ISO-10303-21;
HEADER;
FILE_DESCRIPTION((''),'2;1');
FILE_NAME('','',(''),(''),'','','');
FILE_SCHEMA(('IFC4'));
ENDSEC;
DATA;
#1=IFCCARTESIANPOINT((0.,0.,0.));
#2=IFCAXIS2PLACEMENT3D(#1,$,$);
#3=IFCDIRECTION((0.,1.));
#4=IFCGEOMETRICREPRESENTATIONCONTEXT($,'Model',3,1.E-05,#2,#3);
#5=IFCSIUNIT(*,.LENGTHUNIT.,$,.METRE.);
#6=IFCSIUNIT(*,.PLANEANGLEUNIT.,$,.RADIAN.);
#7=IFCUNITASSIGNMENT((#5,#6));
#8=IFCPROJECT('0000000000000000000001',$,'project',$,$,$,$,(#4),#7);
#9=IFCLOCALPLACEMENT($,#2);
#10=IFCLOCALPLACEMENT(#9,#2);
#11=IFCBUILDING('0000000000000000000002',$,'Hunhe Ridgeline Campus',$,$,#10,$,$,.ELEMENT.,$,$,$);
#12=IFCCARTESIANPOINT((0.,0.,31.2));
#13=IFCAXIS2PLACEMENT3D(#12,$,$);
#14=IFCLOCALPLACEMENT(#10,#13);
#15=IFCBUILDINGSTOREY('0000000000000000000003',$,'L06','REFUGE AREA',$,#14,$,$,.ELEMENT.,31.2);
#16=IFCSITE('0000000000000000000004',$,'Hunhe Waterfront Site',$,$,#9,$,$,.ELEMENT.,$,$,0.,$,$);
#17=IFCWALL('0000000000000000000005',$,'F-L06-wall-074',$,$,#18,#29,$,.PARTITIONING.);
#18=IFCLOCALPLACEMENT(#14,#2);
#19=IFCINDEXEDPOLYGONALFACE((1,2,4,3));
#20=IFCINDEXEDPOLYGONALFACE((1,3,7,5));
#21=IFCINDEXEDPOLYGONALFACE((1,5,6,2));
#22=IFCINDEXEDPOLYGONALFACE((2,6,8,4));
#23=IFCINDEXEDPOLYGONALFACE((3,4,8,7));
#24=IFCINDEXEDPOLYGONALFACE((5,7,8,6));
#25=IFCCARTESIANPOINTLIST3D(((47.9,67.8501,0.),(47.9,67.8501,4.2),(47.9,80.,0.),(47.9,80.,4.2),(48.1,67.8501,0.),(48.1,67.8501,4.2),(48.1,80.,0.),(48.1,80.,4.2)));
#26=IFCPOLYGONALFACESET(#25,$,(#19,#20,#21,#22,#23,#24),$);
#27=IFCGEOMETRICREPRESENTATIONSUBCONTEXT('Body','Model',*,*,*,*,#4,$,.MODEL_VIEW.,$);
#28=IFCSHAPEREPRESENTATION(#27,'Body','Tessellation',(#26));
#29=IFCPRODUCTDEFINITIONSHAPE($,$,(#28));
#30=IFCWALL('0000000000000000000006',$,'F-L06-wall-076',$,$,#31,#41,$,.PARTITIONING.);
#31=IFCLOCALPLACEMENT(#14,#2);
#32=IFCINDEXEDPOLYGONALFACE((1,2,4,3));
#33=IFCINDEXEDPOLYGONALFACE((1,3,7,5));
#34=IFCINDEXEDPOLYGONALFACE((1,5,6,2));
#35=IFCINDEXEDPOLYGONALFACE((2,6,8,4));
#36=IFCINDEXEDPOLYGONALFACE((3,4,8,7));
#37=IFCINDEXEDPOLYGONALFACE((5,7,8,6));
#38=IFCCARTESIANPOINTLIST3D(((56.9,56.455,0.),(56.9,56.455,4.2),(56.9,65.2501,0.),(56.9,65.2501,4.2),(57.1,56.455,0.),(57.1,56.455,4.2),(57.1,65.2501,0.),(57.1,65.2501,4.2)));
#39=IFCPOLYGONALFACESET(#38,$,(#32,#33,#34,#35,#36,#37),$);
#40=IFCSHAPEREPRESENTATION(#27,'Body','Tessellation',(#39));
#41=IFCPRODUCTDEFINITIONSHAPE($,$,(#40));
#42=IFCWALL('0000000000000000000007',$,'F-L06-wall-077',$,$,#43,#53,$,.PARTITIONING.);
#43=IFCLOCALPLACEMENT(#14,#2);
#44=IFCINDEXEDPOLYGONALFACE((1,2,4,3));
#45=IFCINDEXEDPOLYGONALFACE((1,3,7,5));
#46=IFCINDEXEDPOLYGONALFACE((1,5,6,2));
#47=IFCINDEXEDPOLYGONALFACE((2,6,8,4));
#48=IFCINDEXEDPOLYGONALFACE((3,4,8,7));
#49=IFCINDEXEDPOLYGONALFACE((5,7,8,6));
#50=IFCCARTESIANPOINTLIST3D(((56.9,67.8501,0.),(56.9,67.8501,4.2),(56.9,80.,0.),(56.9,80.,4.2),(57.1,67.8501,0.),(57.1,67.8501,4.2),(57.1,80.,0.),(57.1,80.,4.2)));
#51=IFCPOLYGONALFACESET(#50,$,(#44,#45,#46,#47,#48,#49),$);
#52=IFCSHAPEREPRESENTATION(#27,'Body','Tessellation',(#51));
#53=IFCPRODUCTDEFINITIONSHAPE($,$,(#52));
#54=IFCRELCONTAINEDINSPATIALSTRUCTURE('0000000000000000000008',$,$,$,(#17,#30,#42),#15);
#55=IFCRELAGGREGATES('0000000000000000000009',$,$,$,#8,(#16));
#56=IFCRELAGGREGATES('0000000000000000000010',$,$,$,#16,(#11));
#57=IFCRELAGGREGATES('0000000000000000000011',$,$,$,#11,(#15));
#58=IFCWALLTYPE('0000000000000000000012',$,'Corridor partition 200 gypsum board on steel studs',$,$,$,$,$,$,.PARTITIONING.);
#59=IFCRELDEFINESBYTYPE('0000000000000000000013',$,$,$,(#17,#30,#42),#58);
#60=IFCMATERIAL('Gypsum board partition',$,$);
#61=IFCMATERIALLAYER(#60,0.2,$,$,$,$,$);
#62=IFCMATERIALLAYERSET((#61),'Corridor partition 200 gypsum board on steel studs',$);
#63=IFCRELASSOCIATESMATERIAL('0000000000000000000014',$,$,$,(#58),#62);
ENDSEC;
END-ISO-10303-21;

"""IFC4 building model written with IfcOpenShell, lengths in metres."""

from ifc_helpers import new_model, si_unit, direction, frame, frame_2d, origin, place, context, subcontext, project, spatial, rectangle, extrude, material, layer, layer_set, type_object, element, save


model = new_model("IFC4")

# Units and contexts
model_context = context("Model", 3, precision=1e-05, world=origin(), true_north=direction((0.0, 1.0)))
body_context = subcontext(model_context, "Body", "Model", "MODEL_VIEW")
ifc_project = project(units=[si_unit("LENGTHUNIT", "METRE"), si_unit("PLANEANGLEUNIT", "RADIAN")], contexts=[model_context])

# Site, building, storey
site_placement = place(None, origin())
site = spatial("IfcSite", under=ifc_project, at=site_placement, Name="Hunhe Waterfront Site", CompositionType="ELEMENT", RefElevation=0.0)
building_placement = place(site_placement, origin())
building = spatial("IfcBuilding", under=site, at=building_placement, Name="Hunhe Ridgeline Campus", CompositionType="ELEMENT")
storey_placement = place(building_placement, frame((0.0, 0.0, 31.2)))
storey = spatial("IfcBuildingStorey", under=building, at=storey_placement, Name="L06", Description="REFUGE AREA", CompositionType="ELEMENT", Elevation=31.2)

# Walls
ifc_material_1 = material(Name="Gypsum board partition")
ifc_layer = layer(ifc_material_1, 0.2)
ifc_layer_set = layer_set([ifc_layer], Name="Corridor partition 200 gypsum board on steel studs")
wall_type = type_object("IfcWallType", Name="Corridor partition 200 gypsum board on steel studs", PredefinedType="PARTITIONING", material=ifc_layer_set)
wall_1_placement = place(storey_placement, frame((48.0, 80.0, 0.0), z_axis=(0.0, 0.0, 1.0), x_axis=(0.0, -1.0, 0.0)))
element("IfcWall", 1, at=wall_1_placement, inside=storey, type_object=wall_type, Name="F-L06-wall-074", PredefinedType="PARTITIONING", context=body_context, shape_type="SweptSolid", body=[
    extrude(rectangle(XDim=12.1499, YDim=0.2, at=frame_2d((6.075, 0.0))), origin(), (0.0, 0.0, 1.0), 4.2),
])
wall_2_placement = place(storey_placement, frame((57.0, 65.25, 0.0), z_axis=(0.0, 0.0, 1.0), x_axis=(0.0, -1.0, 0.0)))
element("IfcWall", 2, at=wall_2_placement, inside=storey, type_object=wall_type, Name="F-L06-wall-076", PredefinedType="PARTITIONING", context=body_context, shape_type="SweptSolid", body=[
    extrude(rectangle(XDim=8.7952, YDim=0.2, at=frame_2d((4.3975, 0.0))), origin(), (0.0, 0.0, 1.0), 4.2),
])
wall_3_placement = place(storey_placement, frame((57.0, 80.0, 0.0), z_axis=(0.0, 0.0, 1.0), x_axis=(0.0, -1.0, 0.0)))
element("IfcWall", 3, at=wall_3_placement, inside=storey, type_object=wall_type, Name="F-L06-wall-077", PredefinedType="PARTITIONING", context=body_context, shape_type="SweptSolid", body=[
    extrude(rectangle(XDim=12.1499, YDim=0.2, at=frame_2d((6.075, 0.0))), origin(), (0.0, 0.0, 1.0), 4.2),
])

save(model, "model.ifc")
